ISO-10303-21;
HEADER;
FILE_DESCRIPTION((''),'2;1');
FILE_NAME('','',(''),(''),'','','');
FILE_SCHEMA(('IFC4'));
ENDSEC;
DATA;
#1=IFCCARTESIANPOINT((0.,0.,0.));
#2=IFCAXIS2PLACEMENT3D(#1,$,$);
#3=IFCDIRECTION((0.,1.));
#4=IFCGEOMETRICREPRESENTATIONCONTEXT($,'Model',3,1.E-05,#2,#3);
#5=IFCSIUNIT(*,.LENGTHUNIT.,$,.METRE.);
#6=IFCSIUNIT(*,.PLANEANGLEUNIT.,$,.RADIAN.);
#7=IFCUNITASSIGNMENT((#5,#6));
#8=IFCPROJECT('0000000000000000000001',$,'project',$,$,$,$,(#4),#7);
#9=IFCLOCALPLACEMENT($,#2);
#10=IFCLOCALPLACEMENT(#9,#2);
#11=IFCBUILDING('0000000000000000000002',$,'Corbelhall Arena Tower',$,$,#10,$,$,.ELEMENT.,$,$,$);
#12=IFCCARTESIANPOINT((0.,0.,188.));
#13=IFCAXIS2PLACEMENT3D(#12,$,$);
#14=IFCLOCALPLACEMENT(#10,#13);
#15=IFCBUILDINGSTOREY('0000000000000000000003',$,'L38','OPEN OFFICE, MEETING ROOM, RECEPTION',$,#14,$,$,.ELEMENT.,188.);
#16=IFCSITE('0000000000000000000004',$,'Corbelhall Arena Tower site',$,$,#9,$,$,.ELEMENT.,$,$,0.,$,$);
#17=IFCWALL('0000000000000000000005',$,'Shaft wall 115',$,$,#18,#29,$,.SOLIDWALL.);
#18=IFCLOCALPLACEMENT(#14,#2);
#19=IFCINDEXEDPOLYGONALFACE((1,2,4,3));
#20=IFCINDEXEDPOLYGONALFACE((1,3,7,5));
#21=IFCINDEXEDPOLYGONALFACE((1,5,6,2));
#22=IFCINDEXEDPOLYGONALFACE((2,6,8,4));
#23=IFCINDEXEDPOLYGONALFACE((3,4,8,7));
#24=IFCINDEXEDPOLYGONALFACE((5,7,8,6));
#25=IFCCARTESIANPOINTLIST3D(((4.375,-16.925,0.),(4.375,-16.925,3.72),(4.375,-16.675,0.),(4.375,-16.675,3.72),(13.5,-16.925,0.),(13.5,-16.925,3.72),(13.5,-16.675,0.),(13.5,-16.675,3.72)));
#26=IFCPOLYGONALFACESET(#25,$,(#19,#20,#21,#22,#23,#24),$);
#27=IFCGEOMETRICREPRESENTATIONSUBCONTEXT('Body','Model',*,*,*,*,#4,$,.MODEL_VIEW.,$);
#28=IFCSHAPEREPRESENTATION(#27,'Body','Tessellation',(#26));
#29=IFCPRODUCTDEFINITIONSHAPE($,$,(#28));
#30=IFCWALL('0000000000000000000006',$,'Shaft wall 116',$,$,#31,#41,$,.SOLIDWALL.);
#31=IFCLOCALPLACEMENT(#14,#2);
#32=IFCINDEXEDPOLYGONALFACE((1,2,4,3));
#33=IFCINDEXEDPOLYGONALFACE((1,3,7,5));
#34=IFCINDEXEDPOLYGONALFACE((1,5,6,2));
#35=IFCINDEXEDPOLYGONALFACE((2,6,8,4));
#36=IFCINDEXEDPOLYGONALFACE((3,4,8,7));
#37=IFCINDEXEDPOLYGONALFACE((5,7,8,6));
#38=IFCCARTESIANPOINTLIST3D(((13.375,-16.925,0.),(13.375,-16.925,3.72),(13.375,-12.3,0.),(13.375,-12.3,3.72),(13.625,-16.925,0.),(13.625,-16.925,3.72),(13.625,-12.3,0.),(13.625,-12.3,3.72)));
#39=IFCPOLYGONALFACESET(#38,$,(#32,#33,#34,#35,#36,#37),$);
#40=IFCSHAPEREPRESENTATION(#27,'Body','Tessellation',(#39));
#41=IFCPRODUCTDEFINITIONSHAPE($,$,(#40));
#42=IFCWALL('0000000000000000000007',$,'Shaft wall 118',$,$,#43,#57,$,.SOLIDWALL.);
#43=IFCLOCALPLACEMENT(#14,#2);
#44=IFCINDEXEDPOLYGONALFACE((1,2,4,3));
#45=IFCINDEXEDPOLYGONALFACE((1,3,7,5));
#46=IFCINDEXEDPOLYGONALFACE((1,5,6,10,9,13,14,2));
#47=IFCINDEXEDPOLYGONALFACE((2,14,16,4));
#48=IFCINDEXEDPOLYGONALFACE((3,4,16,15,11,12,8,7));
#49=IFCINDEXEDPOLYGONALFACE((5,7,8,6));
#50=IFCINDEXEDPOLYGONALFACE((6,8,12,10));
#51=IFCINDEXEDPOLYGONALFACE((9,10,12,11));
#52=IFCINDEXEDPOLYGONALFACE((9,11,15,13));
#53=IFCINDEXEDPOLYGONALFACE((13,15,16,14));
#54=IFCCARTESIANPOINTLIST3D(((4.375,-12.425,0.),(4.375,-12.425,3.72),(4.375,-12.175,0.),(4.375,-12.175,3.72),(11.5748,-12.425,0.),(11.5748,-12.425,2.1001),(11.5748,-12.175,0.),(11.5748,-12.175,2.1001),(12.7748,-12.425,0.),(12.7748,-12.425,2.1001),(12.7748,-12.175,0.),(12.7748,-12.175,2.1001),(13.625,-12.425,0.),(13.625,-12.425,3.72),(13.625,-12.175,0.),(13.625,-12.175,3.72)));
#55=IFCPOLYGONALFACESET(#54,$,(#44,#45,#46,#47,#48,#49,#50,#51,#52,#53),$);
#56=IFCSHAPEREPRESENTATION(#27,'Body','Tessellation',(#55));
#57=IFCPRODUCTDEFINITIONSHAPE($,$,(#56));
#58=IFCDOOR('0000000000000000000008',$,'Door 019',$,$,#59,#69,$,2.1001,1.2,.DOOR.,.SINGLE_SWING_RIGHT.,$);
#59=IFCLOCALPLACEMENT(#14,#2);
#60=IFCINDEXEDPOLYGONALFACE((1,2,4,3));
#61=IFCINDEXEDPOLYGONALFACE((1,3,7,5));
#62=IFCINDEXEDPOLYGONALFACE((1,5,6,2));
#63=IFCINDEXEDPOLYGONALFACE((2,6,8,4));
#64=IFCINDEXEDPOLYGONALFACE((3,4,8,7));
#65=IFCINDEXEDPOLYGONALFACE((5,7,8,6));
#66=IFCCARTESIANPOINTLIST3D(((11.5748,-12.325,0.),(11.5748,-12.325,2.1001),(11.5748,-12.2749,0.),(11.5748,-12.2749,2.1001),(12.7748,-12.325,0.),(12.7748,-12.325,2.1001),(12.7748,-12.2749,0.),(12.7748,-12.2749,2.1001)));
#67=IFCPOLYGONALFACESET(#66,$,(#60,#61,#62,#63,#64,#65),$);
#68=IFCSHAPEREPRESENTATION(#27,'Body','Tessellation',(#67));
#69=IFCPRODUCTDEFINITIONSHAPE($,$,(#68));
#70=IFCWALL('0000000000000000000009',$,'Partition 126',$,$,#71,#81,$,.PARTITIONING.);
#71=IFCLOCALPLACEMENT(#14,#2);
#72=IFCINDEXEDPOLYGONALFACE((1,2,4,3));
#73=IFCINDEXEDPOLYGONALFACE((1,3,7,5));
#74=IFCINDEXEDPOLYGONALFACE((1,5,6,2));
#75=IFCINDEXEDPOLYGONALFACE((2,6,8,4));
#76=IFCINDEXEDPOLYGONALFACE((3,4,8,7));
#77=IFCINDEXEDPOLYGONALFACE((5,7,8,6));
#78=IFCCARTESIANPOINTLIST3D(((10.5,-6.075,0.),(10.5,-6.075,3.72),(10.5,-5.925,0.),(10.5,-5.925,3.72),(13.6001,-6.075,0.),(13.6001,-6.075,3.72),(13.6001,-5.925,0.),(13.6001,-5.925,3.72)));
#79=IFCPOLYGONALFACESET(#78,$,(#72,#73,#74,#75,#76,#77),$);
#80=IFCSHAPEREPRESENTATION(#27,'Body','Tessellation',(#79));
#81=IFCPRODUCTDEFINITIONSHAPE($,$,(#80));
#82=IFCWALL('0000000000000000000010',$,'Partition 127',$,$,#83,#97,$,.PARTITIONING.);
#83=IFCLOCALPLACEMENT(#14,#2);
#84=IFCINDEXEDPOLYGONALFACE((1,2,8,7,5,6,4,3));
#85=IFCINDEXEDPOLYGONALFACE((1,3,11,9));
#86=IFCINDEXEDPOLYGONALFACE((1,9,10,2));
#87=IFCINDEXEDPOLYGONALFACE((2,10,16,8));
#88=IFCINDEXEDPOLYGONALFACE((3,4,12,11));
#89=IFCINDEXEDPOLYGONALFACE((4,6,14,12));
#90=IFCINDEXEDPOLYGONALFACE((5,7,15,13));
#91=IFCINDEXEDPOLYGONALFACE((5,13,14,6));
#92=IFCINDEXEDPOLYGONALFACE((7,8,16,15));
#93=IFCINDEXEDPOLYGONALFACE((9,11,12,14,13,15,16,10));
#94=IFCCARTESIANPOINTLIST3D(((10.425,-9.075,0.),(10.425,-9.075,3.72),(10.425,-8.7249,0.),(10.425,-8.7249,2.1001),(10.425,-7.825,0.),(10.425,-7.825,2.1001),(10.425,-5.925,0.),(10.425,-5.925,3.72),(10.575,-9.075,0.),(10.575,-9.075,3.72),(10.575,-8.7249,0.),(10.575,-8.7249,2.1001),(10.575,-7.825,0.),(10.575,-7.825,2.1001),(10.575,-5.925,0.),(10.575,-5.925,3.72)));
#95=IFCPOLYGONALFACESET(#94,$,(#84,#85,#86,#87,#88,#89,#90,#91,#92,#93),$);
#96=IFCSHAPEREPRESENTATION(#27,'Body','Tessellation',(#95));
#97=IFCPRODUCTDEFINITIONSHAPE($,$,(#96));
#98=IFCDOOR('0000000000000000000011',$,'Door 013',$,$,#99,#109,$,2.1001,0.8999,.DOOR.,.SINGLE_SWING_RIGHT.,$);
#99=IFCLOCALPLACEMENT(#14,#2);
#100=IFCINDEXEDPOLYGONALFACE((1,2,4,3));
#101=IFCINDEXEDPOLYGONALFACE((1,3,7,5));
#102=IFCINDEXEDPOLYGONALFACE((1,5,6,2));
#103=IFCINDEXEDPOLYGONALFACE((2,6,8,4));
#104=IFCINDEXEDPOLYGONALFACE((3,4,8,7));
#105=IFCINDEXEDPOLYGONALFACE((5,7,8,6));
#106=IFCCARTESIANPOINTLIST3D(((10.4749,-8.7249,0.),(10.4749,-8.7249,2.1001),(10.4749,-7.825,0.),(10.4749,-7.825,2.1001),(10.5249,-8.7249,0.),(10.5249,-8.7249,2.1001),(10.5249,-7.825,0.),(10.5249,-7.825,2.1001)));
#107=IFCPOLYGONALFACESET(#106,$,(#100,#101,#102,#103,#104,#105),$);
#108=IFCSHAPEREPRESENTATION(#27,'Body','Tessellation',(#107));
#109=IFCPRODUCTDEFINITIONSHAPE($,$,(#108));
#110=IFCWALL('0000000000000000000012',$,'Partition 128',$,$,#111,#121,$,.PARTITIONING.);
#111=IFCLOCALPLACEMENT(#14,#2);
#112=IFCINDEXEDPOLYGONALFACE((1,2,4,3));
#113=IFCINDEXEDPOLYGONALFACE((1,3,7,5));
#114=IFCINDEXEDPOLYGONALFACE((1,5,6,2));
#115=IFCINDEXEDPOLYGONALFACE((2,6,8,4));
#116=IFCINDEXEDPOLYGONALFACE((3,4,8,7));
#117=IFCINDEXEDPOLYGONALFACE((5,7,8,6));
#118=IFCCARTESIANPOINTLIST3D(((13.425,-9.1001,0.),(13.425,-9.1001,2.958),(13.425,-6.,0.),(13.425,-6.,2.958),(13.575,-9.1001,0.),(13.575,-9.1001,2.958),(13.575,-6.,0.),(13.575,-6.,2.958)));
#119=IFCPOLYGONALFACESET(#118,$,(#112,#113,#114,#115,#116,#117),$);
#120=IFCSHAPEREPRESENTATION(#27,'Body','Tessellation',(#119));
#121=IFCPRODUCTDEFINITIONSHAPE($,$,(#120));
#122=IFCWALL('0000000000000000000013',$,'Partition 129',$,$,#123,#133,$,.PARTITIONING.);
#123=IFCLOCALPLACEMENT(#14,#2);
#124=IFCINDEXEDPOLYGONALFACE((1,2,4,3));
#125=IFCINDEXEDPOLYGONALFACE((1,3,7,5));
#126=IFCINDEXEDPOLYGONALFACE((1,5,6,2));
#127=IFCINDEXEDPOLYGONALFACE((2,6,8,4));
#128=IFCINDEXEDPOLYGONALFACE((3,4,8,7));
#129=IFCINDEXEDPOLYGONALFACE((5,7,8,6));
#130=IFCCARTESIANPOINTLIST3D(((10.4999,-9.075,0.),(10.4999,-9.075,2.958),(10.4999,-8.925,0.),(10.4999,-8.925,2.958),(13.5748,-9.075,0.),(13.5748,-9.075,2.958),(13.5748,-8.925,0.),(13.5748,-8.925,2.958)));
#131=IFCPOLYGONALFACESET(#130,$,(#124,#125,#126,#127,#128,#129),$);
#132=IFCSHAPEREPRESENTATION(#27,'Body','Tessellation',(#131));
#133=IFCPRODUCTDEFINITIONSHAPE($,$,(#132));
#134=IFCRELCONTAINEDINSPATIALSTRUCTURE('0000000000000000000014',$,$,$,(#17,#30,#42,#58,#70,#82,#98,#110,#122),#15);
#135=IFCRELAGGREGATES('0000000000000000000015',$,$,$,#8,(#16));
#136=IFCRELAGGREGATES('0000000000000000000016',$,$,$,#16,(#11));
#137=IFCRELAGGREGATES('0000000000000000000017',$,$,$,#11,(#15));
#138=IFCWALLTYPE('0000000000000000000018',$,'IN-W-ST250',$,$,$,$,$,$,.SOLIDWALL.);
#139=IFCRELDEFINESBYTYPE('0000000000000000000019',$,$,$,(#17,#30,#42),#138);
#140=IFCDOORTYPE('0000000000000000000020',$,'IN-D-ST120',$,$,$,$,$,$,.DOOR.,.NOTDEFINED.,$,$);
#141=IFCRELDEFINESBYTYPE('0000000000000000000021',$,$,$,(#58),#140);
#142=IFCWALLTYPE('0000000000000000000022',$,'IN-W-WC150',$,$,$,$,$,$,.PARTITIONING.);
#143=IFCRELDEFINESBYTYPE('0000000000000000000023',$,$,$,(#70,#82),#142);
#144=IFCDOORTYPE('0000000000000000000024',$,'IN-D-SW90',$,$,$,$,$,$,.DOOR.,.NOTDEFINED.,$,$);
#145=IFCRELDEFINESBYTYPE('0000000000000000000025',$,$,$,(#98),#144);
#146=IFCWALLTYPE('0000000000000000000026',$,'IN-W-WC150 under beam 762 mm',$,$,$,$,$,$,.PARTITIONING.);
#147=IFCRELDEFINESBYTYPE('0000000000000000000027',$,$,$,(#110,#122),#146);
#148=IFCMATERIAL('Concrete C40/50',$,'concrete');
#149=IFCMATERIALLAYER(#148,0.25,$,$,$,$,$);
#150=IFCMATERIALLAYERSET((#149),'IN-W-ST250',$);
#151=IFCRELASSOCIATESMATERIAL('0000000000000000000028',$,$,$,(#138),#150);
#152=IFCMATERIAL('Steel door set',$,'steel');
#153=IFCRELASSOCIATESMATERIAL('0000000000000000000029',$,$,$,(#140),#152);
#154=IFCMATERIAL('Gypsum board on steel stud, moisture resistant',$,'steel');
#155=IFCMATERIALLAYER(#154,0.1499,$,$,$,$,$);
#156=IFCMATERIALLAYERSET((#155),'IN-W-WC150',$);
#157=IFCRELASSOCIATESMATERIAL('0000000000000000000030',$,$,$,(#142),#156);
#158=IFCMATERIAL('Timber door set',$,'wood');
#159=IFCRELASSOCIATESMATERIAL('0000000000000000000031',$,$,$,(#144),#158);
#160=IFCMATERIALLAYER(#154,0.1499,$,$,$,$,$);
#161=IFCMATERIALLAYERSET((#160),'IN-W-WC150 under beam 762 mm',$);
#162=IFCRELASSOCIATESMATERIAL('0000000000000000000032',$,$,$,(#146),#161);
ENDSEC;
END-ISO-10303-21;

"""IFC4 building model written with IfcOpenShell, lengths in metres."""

from ifc_helpers import new_model, si_unit, direction, frame, frame_2d, origin, place, context, subcontext, project, spatial, rectangle, extrude, material, layer, layer_set, type_object, element, fill, save


model = new_model("IFC4")

# Units and contexts
model_context = context("Model", 3, precision=1e-05, world=origin(), true_north=direction((0.0, 1.0)))
body_context = subcontext(model_context, "Body", "Model", "MODEL_VIEW")
ifc_project = project(units=[si_unit("LENGTHUNIT", "METRE"), si_unit("PLANEANGLEUNIT", "RADIAN")], contexts=[model_context])

# Site, building, storey
site_placement = place(None, origin())
site = spatial("IfcSite", under=ifc_project, at=site_placement, Name="Corbelhall Arena Tower site", CompositionType="ELEMENT", RefElevation=0.0)
building_placement = place(site_placement, origin())
building = spatial("IfcBuilding", under=site, at=building_placement, Name="Corbelhall Arena Tower", CompositionType="ELEMENT")
storey_placement = place(building_placement, frame((0.0, 0.0, 188.0)))
storey = spatial("IfcBuildingStorey", under=building, at=storey_placement, Name="L38", Description="OPEN OFFICE, MEETING ROOM, RECEPTION", CompositionType="ELEMENT", Elevation=188.0)

# Shared definitions
ifc_material_1 = material(Name="Steel door set", Category="steel")

# Walls
ifc_material_2 = material(Name="Concrete C40/50", Category="concrete")
ifc_layer_1 = layer(ifc_material_2, 0.25)
ifc_layer_set_1 = layer_set([ifc_layer_1], Name="IN-W-ST250")
wall_type_1 = type_object("IfcWallType", Name="IN-W-ST250", PredefinedType="SOLIDWALL", material=ifc_layer_set_1)
wall_1_placement = place(storey_placement, frame((13.5, -16.8, 0.0), z_axis=(0.0, 0.0, 1.0), x_axis=(-1.0, 0.0, 0.0)))
element("IfcWall", 1, at=wall_1_placement, inside=storey, type_object=wall_type_1, Name="Shaft wall 115", PredefinedType="SOLIDWALL", context=body_context, shape_type="SweptSolid", body=[
    extrude(rectangle(XDim=9.125, YDim=0.25, at=frame_2d((4.5625, 0.0))), origin(), (0.0, 0.0, 1.0), 3.72),
])
wall_2_placement = place(storey_placement, frame((13.5, -12.3, 0.0), z_axis=(0.0, 0.0, 1.0), x_axis=(0.0, -1.0, 0.0)))
element("IfcWall", 2, at=wall_2_placement, inside=storey, type_object=wall_type_1, Name="Shaft wall 116", PredefinedType="SOLIDWALL", context=body_context, shape_type="SweptSolid", body=[
    extrude(rectangle(XDim=4.625, YDim=0.25, at=frame_2d((2.3125, 0.0))), origin(), (0.0, 0.0, 1.0), 3.72),
])

# Wall, opening, door
wall_3_placement = place(storey_placement, frame((13.625, -12.3, 0.0), z_axis=(0.0, 0.0, 1.0), x_axis=(-1.0, 0.0, 0.0)))
wall_3 = element("IfcWall", 3, at=wall_3_placement, inside=storey, type_object=wall_type_1, Name="Shaft wall 118", PredefinedType="SOLIDWALL", context=body_context, shape_type="SweptSolid", body=[
    extrude(rectangle(XDim=9.25, YDim=0.25, at=frame_2d((4.625, 0.0))), origin(), (0.0, 0.0, 1.0), 3.72),
])
opening_1_placement = place(wall_3_placement, frame((0.8501, 0.0, 0.0)))
opening_1 = element("IfcOpeningElement", 4, at=opening_1_placement, cuts=wall_3, PredefinedType="OPENING", context=body_context, shape_type="SweptSolid", body=[
    extrude(rectangle(XDim=1.2, YDim=2.1001, at=frame_2d((0.6001, 1.05))), frame((0.0, 0.125, 0.0), z_axis=(0.0, -1.0, 0.0), x_axis=(1.0, 0.0, 0.0)), (0.0, 0.0, 1.0), 0.25),
])
door_type_1 = type_object("IfcDoorType", Name="IN-D-ST120", OperationType="NOTDEFINED", PredefinedType="DOOR", material=ifc_material_1)
door_1_placement = place(opening_1_placement, origin())
door_1 = element("IfcDoor", 5, at=door_1_placement, inside=storey, type_object=door_type_1, Name="Door 019", OperationType="SINGLE_SWING_RIGHT", OverallHeight=2.1001, OverallWidth=1.2, PredefinedType="DOOR", context=body_context, shape_type="SweptSolid", body=[
    extrude(rectangle(XDim=1.2, YDim=2.1001, at=frame_2d((0.6001, 1.05))), frame((0.0, 0.0249, 0.0), z_axis=(0.0, -1.0, 0.0), x_axis=(1.0, 0.0, 0.0)), (0.0, 0.0, 1.0), 0.05),
])
fill(opening_1, door_1)

# Wall
ifc_material_3 = material(Name="Gypsum board on steel stud, moisture resistant", Category="steel")
ifc_layer_2 = layer(ifc_material_3, 0.1499)
ifc_layer_set_2 = layer_set([ifc_layer_2], Name="IN-W-WC150")
wall_type_2 = type_object("IfcWallType", Name="IN-W-WC150", PredefinedType="PARTITIONING", material=ifc_layer_set_2)
wall_4_placement = place(storey_placement, frame((10.5, -6.0, 0.0), z_axis=(0.0, 0.0, 1.0), x_axis=(1.0, 0.0, 0.0)))
element("IfcWall", 6, at=wall_4_placement, inside=storey, type_object=wall_type_2, Name="Partition 126", PredefinedType="PARTITIONING", context=body_context, shape_type="SweptSolid", body=[
    extrude(rectangle(XDim=3.1001, YDim=0.1499, at=frame_2d((1.55, 0.0))), origin(), (0.0, 0.0, 1.0), 3.72),
])

# Wall, opening, door
wall_5_placement = place(storey_placement, frame((10.5, -5.925, 0.0), z_axis=(0.0, 0.0, 1.0), x_axis=(0.0, -1.0, 0.0)))
wall_5 = element("IfcWall", 7, at=wall_5_placement, inside=storey, type_object=wall_type_2, Name="Partition 127", PredefinedType="PARTITIONING", context=body_context, shape_type="SweptSolid", body=[
    extrude(rectangle(XDim=3.1499, YDim=0.1499, at=frame_2d((1.575, 0.0))), origin(), (0.0, 0.0, 1.0), 3.72),
])
opening_2_placement = place(wall_5_placement, frame((1.8999, 0.0, 0.0)))
opening_2 = element("IfcOpeningElement", 8, at=opening_2_placement, cuts=wall_5, PredefinedType="OPENING", context=body_context, shape_type="SweptSolid", body=[
    extrude(rectangle(XDim=0.8999, YDim=2.1001, at=frame_2d((0.45, 1.05))), frame((0.0, 0.075, 0.0), z_axis=(0.0, -1.0, 0.0), x_axis=(1.0, 0.0, 0.0)), (0.0, 0.0, 1.0), 0.1499),
])
ifc_material_4 = material(Name="Timber door set", Category="wood")
door_type_2 = type_object("IfcDoorType", Name="IN-D-SW90", OperationType="NOTDEFINED", PredefinedType="DOOR", material=ifc_material_4)
door_2_placement = place(opening_2_placement, origin())
door_2 = element("IfcDoor", 9, at=door_2_placement, inside=storey, type_object=door_type_2, Name="Door 013", OperationType="SINGLE_SWING_RIGHT", OverallHeight=2.1001, OverallWidth=0.8999, PredefinedType="DOOR", context=body_context, shape_type="SweptSolid", body=[
    extrude(rectangle(XDim=0.8999, YDim=2.1001, at=frame_2d((0.45, 1.05))), frame((0.0, 0.0249, 0.0), z_axis=(0.0, -1.0, 0.0), x_axis=(1.0, 0.0, 0.0)), (0.0, 0.0, 1.0), 0.05),
])
fill(opening_2, door_2)

# Walls
ifc_layer_3 = layer(ifc_material_3, 0.1499)
ifc_layer_set_3 = layer_set([ifc_layer_3], Name="IN-W-WC150 under beam 762 mm")
wall_type_3 = type_object("IfcWallType", Name="IN-W-WC150 under beam 762 mm", PredefinedType="PARTITIONING", material=ifc_layer_set_3)
wall_6_placement = place(storey_placement, frame((13.5, -6.0, 0.0), z_axis=(0.0, 0.0, 1.0), x_axis=(0.0, -1.0, 0.0)))
element("IfcWall", 10, at=wall_6_placement, inside=storey, type_object=wall_type_3, Name="Partition 128", PredefinedType="PARTITIONING", context=body_context, shape_type="SweptSolid", body=[
    extrude(rectangle(XDim=3.1001, YDim=0.1499, at=frame_2d((1.55, 0.0))), origin(), (0.0, 0.0, 1.0), 2.958),
])
wall_7_placement = place(storey_placement, frame((13.575, -9.0, 0.0), z_axis=(0.0, 0.0, 1.0), x_axis=(-1.0, 0.0, 0.0)))
element("IfcWall", 11, at=wall_7_placement, inside=storey, type_object=wall_type_3, Name="Partition 129", PredefinedType="PARTITIONING", context=body_context, shape_type="SweptSolid", body=[
    extrude(rectangle(XDim=3.075, YDim=0.1499, at=frame_2d((1.5376, 0.0))), origin(), (0.0, 0.0, 1.0), 2.958),
])

save(model, "model.ifc")
